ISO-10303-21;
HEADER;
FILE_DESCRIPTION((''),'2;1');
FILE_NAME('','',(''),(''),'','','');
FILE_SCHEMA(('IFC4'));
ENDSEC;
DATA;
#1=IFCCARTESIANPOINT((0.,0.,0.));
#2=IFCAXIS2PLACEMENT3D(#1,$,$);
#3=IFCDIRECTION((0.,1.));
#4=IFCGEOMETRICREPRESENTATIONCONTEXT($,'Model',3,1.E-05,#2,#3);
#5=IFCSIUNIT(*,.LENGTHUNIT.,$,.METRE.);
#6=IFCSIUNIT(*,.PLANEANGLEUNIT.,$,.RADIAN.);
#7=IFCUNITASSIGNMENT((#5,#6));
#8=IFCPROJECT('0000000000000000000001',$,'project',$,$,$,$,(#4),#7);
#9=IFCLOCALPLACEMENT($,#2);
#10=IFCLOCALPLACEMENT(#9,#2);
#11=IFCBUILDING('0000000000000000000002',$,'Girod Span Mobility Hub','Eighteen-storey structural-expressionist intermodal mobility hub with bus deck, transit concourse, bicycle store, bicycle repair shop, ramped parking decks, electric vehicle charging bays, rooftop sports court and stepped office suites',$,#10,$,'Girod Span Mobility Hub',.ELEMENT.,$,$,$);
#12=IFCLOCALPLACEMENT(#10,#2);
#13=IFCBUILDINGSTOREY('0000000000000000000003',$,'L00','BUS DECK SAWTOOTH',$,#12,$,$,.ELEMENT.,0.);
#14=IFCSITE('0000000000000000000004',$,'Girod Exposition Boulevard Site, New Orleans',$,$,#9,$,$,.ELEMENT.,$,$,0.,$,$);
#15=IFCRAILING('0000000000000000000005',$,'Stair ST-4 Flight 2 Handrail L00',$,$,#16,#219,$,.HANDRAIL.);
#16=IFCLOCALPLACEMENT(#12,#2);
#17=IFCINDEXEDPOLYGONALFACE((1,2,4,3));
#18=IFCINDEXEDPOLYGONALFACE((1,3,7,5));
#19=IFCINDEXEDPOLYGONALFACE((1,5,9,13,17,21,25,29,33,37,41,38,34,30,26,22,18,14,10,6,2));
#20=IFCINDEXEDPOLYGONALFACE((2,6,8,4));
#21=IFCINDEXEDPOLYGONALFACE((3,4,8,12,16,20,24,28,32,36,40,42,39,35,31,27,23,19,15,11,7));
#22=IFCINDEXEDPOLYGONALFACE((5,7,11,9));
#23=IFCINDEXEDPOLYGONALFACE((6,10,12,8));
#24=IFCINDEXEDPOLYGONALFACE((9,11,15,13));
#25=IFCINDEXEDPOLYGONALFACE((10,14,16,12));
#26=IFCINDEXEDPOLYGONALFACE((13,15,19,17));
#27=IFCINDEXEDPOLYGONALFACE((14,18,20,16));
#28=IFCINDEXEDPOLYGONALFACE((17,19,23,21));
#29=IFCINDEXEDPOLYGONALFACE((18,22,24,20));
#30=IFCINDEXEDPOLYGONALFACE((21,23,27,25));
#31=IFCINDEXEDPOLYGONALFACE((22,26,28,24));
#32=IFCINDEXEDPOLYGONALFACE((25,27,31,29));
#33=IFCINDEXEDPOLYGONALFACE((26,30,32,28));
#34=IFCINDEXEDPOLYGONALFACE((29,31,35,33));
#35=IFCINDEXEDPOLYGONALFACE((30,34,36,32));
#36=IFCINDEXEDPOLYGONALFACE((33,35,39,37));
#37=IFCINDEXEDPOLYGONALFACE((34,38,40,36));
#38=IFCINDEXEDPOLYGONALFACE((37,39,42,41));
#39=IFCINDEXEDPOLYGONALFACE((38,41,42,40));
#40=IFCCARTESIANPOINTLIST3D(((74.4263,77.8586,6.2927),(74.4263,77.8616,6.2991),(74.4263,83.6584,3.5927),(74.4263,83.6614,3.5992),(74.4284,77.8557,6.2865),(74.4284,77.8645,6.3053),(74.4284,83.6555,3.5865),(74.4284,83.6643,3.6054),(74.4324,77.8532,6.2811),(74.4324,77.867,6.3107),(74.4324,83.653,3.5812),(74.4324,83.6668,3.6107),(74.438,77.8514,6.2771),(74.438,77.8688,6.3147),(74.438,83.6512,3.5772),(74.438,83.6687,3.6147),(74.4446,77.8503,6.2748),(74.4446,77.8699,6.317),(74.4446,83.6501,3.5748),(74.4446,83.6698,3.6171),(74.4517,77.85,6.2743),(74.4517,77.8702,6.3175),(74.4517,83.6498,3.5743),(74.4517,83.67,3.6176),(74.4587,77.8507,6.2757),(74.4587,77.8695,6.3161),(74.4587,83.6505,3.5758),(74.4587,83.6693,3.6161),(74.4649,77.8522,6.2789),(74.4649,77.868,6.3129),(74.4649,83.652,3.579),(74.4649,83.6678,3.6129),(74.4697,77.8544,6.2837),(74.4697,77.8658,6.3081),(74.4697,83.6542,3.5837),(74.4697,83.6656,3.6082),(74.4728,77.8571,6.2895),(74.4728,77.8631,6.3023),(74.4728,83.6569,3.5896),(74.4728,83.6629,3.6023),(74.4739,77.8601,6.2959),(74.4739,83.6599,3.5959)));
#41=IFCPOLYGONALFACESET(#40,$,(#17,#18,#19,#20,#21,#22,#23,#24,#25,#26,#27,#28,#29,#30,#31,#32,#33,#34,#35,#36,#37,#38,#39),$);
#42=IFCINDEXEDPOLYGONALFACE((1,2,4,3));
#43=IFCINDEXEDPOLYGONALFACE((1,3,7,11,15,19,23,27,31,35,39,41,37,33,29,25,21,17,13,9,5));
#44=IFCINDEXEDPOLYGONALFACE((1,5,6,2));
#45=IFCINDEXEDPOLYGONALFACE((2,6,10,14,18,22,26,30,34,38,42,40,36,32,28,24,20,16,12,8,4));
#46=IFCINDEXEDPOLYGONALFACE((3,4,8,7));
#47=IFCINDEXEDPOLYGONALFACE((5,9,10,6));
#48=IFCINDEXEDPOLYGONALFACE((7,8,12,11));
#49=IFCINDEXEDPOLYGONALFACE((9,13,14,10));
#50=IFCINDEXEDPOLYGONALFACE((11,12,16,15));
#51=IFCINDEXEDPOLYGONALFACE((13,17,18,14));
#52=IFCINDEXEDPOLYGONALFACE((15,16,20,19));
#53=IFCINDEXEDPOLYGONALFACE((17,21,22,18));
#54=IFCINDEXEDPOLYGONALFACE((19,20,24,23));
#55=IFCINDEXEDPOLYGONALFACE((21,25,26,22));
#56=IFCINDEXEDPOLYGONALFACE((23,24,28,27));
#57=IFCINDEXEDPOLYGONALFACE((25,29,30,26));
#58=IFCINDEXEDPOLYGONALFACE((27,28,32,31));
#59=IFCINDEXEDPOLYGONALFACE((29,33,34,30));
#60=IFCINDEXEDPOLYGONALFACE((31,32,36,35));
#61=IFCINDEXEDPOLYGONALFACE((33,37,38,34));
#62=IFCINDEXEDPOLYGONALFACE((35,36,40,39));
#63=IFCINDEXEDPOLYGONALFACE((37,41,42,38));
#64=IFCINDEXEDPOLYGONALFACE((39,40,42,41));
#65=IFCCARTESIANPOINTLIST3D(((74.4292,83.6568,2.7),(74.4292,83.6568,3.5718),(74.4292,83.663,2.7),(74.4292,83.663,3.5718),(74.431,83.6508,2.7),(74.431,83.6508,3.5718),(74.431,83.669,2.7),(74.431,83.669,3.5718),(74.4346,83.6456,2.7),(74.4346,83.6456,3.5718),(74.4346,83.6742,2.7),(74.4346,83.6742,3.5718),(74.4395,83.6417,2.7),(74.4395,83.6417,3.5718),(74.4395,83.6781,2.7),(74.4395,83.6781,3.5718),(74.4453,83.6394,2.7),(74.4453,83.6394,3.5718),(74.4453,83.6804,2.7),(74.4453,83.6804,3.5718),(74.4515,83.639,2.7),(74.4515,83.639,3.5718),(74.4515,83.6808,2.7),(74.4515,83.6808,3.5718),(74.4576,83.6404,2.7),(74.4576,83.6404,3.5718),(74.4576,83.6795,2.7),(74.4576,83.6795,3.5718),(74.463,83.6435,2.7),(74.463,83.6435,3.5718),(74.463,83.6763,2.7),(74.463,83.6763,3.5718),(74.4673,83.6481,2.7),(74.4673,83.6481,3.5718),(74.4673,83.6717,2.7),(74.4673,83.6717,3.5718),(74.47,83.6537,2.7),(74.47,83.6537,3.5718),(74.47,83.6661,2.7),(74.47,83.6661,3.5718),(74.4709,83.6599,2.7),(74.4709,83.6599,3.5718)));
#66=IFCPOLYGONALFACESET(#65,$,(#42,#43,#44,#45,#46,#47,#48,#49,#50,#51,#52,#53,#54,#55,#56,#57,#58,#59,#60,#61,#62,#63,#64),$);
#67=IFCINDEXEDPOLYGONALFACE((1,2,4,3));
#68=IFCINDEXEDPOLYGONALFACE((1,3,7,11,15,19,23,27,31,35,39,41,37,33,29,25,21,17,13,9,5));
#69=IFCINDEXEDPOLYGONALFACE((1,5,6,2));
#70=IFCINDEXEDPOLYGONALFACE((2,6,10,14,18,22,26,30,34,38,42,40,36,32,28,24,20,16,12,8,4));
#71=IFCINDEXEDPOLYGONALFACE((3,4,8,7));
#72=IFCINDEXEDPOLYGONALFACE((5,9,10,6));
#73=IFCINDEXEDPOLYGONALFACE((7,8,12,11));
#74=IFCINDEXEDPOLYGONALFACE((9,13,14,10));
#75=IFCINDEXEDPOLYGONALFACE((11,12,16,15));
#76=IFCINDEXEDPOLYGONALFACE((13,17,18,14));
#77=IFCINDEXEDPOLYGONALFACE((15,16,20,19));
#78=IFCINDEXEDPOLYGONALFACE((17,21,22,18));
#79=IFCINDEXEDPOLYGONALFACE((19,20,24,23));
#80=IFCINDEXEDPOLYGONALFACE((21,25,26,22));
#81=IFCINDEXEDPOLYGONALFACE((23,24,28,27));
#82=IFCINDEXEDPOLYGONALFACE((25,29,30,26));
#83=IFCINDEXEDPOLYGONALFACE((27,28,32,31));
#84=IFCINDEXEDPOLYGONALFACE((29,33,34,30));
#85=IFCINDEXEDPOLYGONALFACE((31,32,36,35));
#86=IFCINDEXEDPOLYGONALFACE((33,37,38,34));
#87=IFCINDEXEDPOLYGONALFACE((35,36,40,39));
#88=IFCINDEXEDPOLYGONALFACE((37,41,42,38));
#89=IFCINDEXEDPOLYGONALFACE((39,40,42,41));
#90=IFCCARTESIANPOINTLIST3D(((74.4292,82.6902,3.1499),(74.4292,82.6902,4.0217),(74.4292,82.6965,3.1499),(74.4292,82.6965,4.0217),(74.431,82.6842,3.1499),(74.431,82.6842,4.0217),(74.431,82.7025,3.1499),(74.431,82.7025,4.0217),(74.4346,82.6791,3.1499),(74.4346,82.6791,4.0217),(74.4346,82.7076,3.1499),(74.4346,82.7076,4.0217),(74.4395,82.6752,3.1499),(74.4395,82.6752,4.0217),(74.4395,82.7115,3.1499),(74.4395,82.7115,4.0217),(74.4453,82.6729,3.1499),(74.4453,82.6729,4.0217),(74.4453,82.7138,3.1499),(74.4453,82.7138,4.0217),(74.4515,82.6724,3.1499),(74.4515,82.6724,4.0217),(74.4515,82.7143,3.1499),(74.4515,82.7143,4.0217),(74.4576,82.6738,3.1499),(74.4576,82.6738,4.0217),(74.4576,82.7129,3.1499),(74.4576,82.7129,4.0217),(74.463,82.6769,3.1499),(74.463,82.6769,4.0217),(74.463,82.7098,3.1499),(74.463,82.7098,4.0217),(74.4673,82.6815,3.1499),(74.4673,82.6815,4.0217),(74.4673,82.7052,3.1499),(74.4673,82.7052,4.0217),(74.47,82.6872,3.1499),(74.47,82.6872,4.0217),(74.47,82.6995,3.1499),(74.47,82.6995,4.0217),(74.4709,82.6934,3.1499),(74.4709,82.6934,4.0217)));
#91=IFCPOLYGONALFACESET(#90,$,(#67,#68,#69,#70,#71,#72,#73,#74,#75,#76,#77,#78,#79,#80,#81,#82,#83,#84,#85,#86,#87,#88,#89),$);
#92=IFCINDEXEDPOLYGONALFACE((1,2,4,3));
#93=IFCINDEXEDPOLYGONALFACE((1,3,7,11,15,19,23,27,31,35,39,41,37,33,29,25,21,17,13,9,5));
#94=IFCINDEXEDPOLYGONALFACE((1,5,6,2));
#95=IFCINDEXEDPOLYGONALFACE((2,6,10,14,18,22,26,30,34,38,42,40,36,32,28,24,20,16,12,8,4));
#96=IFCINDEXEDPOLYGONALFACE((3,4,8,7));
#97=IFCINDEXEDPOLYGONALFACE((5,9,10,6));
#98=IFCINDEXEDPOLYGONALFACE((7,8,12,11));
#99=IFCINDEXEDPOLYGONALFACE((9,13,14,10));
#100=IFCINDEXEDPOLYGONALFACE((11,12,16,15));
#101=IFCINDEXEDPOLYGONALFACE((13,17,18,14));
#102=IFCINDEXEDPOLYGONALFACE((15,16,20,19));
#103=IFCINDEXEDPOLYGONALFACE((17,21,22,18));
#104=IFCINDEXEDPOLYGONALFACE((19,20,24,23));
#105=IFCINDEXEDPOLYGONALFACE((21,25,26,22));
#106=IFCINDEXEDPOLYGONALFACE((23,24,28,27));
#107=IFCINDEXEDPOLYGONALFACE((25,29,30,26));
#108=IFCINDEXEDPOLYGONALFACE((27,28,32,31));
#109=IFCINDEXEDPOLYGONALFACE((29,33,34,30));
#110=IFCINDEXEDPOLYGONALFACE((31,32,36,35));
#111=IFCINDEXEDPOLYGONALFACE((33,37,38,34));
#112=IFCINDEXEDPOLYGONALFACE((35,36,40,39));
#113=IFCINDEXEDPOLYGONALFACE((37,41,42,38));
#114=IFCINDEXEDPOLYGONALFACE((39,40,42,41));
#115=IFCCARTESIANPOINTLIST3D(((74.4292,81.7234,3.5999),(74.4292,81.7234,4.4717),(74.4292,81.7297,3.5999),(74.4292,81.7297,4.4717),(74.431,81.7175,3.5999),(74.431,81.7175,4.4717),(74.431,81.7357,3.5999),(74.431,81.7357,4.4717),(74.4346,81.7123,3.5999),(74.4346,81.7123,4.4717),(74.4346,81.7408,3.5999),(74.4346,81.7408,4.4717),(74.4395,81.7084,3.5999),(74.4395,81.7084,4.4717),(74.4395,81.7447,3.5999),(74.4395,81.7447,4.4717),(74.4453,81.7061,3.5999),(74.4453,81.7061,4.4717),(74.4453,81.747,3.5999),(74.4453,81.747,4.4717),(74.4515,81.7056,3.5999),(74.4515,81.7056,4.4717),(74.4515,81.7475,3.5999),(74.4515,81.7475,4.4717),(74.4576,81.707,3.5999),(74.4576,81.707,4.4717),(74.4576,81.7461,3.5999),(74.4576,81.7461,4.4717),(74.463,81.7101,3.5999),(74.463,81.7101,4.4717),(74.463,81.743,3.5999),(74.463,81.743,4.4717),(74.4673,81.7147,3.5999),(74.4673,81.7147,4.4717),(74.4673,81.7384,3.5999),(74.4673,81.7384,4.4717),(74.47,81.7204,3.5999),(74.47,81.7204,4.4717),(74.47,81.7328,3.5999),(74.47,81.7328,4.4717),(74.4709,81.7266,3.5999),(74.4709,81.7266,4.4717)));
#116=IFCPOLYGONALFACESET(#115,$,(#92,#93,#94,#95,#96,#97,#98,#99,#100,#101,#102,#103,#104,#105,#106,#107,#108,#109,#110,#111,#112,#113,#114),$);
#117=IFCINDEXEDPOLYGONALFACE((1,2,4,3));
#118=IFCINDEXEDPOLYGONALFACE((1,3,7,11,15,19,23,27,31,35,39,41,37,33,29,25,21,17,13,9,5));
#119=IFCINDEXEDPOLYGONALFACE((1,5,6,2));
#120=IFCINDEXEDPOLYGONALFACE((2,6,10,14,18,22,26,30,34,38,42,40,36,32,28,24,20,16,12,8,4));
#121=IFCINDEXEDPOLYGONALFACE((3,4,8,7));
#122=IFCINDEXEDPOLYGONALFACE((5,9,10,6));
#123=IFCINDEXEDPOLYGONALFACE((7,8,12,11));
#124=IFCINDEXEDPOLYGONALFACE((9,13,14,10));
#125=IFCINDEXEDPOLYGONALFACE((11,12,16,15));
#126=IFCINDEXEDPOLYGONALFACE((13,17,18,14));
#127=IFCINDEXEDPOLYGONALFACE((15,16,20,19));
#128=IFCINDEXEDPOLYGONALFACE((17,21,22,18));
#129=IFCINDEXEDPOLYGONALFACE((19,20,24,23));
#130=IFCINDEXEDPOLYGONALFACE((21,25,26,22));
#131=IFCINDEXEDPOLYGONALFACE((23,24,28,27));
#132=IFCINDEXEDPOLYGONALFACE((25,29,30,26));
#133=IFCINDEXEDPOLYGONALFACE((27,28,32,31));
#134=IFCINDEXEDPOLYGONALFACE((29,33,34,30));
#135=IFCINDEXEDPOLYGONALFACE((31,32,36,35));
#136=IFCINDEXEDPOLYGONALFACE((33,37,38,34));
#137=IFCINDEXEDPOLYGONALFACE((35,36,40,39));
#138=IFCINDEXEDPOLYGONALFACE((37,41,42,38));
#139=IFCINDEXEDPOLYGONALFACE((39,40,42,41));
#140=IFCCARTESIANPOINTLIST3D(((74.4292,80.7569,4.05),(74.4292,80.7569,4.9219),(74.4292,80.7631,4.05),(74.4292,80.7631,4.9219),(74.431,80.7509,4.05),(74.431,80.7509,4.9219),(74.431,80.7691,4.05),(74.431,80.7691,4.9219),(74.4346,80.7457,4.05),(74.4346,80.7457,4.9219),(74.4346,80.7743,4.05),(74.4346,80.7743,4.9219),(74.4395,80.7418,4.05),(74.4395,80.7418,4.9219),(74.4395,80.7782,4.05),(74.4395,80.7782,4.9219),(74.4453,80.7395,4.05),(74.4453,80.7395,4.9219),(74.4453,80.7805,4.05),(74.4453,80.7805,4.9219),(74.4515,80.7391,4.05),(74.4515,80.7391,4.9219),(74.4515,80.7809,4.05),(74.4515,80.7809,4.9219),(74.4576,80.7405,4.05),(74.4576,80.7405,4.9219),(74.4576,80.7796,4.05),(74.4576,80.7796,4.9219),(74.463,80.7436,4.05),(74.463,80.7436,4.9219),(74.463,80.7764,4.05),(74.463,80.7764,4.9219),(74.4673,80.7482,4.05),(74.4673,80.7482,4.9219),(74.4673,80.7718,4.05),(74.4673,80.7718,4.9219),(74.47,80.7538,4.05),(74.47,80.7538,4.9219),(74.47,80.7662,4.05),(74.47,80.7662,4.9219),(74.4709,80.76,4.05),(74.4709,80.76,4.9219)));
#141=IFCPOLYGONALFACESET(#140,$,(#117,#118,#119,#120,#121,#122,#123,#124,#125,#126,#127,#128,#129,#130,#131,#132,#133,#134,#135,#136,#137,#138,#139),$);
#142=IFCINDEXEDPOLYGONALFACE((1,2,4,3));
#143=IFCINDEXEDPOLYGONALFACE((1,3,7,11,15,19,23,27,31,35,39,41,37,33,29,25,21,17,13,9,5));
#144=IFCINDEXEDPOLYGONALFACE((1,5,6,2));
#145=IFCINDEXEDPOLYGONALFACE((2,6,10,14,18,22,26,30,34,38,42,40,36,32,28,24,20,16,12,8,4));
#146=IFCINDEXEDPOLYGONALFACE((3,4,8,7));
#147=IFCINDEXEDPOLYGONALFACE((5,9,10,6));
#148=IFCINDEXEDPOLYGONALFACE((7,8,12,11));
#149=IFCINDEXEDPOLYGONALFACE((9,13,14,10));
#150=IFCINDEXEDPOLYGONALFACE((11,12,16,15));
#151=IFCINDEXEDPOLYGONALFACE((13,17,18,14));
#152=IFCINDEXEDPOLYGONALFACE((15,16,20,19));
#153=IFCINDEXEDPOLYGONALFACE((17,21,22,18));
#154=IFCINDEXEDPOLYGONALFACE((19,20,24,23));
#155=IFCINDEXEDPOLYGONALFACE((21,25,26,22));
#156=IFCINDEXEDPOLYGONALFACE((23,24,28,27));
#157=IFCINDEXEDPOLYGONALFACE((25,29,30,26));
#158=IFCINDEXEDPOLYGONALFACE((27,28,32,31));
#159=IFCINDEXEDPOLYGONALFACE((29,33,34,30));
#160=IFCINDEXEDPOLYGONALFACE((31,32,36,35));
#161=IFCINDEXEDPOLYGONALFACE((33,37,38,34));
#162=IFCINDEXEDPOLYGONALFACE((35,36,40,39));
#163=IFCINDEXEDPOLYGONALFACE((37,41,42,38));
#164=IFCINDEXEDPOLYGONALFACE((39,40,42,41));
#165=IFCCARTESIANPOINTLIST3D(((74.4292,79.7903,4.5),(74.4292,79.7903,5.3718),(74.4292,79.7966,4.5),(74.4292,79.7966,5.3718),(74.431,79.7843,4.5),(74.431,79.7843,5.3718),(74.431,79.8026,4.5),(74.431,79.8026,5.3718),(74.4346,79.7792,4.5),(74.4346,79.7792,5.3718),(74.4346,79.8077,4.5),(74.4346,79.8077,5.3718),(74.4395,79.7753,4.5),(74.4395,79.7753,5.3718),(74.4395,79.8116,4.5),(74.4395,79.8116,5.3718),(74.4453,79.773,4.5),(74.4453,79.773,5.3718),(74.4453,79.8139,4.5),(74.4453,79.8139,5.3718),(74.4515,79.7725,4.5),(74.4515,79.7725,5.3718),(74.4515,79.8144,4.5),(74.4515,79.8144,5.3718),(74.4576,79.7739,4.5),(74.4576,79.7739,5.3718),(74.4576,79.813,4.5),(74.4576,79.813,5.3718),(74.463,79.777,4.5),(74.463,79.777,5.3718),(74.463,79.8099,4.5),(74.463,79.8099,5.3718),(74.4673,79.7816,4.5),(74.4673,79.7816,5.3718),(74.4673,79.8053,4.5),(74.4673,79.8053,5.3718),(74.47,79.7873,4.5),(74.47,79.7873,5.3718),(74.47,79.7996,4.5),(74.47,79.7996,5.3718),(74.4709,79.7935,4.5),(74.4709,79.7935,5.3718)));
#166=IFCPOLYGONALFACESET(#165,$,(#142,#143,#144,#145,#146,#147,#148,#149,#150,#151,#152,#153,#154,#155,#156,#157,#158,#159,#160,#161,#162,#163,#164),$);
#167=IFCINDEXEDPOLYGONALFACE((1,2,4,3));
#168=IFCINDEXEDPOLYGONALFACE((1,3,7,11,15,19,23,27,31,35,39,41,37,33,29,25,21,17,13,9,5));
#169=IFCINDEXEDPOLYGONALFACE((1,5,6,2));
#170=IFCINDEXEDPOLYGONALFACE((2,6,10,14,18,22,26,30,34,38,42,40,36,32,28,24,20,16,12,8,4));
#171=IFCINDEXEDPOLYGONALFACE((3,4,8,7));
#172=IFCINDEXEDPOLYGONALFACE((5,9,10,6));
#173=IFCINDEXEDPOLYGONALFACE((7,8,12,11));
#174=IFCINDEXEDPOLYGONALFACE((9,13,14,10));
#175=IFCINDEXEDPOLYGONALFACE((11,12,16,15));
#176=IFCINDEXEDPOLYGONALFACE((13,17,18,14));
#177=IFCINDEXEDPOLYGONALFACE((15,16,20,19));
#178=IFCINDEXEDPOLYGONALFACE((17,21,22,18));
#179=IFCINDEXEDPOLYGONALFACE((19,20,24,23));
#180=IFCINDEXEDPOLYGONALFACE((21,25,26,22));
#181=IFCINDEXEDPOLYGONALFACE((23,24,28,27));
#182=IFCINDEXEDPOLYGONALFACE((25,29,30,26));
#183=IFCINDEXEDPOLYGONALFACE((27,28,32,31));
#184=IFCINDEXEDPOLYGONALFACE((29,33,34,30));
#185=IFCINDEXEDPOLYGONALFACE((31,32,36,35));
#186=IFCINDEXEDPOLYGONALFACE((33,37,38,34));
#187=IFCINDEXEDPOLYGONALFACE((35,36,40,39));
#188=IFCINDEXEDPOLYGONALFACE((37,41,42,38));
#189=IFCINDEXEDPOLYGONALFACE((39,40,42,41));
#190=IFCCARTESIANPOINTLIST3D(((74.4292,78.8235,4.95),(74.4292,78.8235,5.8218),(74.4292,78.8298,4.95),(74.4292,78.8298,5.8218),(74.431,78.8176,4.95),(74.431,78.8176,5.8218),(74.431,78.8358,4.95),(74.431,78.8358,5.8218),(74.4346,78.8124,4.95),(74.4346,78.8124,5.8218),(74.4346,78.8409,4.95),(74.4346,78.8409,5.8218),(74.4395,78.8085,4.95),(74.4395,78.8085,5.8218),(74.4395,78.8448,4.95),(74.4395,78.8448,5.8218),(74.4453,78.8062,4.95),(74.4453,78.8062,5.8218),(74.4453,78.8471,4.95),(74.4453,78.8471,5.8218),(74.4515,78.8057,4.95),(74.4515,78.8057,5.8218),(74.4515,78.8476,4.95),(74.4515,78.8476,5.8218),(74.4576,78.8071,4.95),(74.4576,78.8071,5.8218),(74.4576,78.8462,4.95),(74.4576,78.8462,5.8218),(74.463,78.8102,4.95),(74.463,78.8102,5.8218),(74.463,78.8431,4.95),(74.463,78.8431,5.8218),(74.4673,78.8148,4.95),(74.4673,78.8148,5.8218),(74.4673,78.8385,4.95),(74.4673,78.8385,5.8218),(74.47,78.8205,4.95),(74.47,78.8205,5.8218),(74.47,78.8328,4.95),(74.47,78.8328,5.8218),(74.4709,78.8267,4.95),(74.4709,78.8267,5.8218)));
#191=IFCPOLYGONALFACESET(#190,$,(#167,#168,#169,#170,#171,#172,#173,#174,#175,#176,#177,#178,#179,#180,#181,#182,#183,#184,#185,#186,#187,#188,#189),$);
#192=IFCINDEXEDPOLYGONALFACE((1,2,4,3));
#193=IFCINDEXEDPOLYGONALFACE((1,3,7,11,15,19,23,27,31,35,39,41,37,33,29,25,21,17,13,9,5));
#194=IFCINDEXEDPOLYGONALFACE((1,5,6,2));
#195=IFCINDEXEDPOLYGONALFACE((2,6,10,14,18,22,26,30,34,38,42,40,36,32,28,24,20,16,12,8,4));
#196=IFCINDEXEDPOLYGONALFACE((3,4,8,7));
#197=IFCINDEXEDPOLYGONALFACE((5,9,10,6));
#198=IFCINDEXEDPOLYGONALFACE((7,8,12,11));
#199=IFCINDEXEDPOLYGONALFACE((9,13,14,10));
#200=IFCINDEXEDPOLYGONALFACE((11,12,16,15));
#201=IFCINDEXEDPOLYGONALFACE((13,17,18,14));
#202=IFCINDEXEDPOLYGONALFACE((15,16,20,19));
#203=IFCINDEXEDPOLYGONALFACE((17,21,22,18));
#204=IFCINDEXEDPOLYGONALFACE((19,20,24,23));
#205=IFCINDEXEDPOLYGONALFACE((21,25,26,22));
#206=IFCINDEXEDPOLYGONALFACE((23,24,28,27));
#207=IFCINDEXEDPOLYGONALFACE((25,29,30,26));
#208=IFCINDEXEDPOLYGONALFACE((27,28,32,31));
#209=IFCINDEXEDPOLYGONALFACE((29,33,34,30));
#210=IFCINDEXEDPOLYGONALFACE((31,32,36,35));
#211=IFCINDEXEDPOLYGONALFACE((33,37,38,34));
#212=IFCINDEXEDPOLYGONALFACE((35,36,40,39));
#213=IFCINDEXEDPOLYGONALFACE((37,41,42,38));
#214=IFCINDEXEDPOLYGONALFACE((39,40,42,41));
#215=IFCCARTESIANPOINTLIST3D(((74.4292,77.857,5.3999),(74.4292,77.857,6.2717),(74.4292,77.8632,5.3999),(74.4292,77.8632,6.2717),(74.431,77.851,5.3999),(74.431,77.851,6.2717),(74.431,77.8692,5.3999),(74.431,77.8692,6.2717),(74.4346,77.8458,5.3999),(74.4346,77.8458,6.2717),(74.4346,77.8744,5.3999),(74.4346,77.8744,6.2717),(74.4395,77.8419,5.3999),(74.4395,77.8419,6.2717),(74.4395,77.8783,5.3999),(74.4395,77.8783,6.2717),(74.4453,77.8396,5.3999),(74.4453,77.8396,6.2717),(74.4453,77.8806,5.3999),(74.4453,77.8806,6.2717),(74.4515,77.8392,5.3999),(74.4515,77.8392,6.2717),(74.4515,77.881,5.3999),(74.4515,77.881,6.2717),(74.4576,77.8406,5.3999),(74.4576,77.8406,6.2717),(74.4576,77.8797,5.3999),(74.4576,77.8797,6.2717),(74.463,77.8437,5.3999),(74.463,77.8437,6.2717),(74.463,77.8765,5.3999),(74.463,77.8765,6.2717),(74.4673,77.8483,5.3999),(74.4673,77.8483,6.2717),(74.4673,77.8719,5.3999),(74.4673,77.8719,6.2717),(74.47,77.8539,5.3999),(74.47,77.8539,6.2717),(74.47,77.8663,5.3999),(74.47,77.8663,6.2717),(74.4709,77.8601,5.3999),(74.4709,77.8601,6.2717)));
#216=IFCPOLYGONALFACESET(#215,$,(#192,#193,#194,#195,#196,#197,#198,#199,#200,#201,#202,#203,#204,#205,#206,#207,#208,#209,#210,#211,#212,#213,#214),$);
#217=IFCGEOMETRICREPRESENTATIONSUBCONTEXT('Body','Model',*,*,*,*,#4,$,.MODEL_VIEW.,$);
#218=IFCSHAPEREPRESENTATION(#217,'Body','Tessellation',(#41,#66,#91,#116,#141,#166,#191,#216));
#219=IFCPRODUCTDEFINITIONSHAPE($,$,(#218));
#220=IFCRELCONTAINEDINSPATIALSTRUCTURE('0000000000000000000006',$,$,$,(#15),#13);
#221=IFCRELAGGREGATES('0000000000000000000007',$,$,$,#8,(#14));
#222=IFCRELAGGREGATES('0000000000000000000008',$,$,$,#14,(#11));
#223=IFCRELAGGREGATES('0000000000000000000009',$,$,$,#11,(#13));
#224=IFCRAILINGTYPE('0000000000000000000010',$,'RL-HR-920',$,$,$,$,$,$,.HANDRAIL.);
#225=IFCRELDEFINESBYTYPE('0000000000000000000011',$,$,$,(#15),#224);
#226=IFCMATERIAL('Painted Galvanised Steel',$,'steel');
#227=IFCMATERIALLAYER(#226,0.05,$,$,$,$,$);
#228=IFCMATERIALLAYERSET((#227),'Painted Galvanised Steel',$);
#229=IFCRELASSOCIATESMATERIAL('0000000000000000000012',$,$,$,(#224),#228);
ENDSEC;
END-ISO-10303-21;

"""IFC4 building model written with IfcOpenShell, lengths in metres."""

from ifc_helpers import new_model, si_unit, direction, frame, origin, origin_2d, place, context, subcontext, project, spatial, circle, extrude, material, layer, layer_set, type_object, element, save


model = new_model("IFC4")

# Units and contexts
model_context = context("Model", 3, precision=1e-05, world=origin(), true_north=direction((0.0, 1.0)))
body_context = subcontext(model_context, "Body", "Model", "MODEL_VIEW")
ifc_project = project(units=[si_unit("LENGTHUNIT", "METRE"), si_unit("PLANEANGLEUNIT", "RADIAN")], contexts=[model_context])

# Site, building, storey
site_placement = place(None, origin())
site = spatial("IfcSite", under=ifc_project, at=site_placement, Name="Girod Exposition Boulevard Site, New Orleans", CompositionType="ELEMENT", RefElevation=0.0)
building_placement = place(site_placement, origin())
building = spatial("IfcBuilding", under=site, at=building_placement, Name="Girod Span Mobility Hub", Description="Eighteen-storey structural-expressionist intermodal mobility hub with bus deck, transit concourse, bicycle store, bicycle repair shop, ramped parking decks, electric vehicle charging bays, rooftop sports court and stepped office suites", LongName="Girod Span Mobility Hub", CompositionType="ELEMENT")
storey_placement = place(building_placement, origin())
storey = spatial("IfcBuildingStorey", under=building, at=storey_placement, Name="L00", Description="BUS DECK SAWTOOTH", CompositionType="ELEMENT", Elevation=0.0)

# Railing
ifc_material_1 = material(Name="Painted Galvanised Steel", Category="steel")
ifc_layer_1 = layer(ifc_material_1, 0.05)
ifc_layer_set_1 = layer_set([ifc_layer_1], Name="Painted Galvanised Steel")
railing_type_1 = type_object("IfcRailingType", Name="RL-HR-920", PredefinedType="HANDRAIL", material=ifc_layer_set_1)
railing_1_placement = place(storey_placement, frame((74.45, 83.6599, 2.7)))
element("IfcRailing", 1, at=railing_1_placement, inside=storey, type_object=railing_type_1, Name="Stair ST-4 Flight 2 Handrail L00", PredefinedType="HANDRAIL", context=body_context, shape_type="SweptSolid", body=[
    extrude(circle(Radius=0.0239, at=origin_2d()), frame((0.0, 0.0, 0.896), z_axis=(0.0, -0.90658, 0.422035), x_axis=(1.0, 0.0, 0.0)), (0.0, 0.0, 1.0), 6.3975),
    extrude(circle(Radius=0.021, at=origin_2d()), origin(), (0.0, 0.0, 1.0), 0.8718),
    extrude(circle(Radius=0.021, at=origin_2d()), frame((0.0, -0.9666, 0.45)), (0.0, 0.0, 1.0), 0.8718),
    extrude(circle(Radius=0.021, at=origin_2d()), frame((0.0, -1.9333, 0.8999)), (0.0, 0.0, 1.0), 0.8718),
    extrude(circle(Radius=0.021, at=origin_2d()), frame((0.0, -2.8999, 1.3501)), (0.0, 0.0, 1.0), 0.8718),
    extrude(circle(Radius=0.021, at=origin_2d()), frame((0.0, -3.8665, 1.8)), (0.0, 0.0, 1.0), 0.8718),
    extrude(circle(Radius=0.021, at=origin_2d()), frame((0.0, -4.8333, 2.25)), (0.0, 0.0, 1.0), 0.8718),
    extrude(circle(Radius=0.021, at=origin_2d()), frame((0.0, -5.7998, 2.7)), (0.0, 0.0, 1.0), 0.8718),
])

save(model, "model.ifc")
